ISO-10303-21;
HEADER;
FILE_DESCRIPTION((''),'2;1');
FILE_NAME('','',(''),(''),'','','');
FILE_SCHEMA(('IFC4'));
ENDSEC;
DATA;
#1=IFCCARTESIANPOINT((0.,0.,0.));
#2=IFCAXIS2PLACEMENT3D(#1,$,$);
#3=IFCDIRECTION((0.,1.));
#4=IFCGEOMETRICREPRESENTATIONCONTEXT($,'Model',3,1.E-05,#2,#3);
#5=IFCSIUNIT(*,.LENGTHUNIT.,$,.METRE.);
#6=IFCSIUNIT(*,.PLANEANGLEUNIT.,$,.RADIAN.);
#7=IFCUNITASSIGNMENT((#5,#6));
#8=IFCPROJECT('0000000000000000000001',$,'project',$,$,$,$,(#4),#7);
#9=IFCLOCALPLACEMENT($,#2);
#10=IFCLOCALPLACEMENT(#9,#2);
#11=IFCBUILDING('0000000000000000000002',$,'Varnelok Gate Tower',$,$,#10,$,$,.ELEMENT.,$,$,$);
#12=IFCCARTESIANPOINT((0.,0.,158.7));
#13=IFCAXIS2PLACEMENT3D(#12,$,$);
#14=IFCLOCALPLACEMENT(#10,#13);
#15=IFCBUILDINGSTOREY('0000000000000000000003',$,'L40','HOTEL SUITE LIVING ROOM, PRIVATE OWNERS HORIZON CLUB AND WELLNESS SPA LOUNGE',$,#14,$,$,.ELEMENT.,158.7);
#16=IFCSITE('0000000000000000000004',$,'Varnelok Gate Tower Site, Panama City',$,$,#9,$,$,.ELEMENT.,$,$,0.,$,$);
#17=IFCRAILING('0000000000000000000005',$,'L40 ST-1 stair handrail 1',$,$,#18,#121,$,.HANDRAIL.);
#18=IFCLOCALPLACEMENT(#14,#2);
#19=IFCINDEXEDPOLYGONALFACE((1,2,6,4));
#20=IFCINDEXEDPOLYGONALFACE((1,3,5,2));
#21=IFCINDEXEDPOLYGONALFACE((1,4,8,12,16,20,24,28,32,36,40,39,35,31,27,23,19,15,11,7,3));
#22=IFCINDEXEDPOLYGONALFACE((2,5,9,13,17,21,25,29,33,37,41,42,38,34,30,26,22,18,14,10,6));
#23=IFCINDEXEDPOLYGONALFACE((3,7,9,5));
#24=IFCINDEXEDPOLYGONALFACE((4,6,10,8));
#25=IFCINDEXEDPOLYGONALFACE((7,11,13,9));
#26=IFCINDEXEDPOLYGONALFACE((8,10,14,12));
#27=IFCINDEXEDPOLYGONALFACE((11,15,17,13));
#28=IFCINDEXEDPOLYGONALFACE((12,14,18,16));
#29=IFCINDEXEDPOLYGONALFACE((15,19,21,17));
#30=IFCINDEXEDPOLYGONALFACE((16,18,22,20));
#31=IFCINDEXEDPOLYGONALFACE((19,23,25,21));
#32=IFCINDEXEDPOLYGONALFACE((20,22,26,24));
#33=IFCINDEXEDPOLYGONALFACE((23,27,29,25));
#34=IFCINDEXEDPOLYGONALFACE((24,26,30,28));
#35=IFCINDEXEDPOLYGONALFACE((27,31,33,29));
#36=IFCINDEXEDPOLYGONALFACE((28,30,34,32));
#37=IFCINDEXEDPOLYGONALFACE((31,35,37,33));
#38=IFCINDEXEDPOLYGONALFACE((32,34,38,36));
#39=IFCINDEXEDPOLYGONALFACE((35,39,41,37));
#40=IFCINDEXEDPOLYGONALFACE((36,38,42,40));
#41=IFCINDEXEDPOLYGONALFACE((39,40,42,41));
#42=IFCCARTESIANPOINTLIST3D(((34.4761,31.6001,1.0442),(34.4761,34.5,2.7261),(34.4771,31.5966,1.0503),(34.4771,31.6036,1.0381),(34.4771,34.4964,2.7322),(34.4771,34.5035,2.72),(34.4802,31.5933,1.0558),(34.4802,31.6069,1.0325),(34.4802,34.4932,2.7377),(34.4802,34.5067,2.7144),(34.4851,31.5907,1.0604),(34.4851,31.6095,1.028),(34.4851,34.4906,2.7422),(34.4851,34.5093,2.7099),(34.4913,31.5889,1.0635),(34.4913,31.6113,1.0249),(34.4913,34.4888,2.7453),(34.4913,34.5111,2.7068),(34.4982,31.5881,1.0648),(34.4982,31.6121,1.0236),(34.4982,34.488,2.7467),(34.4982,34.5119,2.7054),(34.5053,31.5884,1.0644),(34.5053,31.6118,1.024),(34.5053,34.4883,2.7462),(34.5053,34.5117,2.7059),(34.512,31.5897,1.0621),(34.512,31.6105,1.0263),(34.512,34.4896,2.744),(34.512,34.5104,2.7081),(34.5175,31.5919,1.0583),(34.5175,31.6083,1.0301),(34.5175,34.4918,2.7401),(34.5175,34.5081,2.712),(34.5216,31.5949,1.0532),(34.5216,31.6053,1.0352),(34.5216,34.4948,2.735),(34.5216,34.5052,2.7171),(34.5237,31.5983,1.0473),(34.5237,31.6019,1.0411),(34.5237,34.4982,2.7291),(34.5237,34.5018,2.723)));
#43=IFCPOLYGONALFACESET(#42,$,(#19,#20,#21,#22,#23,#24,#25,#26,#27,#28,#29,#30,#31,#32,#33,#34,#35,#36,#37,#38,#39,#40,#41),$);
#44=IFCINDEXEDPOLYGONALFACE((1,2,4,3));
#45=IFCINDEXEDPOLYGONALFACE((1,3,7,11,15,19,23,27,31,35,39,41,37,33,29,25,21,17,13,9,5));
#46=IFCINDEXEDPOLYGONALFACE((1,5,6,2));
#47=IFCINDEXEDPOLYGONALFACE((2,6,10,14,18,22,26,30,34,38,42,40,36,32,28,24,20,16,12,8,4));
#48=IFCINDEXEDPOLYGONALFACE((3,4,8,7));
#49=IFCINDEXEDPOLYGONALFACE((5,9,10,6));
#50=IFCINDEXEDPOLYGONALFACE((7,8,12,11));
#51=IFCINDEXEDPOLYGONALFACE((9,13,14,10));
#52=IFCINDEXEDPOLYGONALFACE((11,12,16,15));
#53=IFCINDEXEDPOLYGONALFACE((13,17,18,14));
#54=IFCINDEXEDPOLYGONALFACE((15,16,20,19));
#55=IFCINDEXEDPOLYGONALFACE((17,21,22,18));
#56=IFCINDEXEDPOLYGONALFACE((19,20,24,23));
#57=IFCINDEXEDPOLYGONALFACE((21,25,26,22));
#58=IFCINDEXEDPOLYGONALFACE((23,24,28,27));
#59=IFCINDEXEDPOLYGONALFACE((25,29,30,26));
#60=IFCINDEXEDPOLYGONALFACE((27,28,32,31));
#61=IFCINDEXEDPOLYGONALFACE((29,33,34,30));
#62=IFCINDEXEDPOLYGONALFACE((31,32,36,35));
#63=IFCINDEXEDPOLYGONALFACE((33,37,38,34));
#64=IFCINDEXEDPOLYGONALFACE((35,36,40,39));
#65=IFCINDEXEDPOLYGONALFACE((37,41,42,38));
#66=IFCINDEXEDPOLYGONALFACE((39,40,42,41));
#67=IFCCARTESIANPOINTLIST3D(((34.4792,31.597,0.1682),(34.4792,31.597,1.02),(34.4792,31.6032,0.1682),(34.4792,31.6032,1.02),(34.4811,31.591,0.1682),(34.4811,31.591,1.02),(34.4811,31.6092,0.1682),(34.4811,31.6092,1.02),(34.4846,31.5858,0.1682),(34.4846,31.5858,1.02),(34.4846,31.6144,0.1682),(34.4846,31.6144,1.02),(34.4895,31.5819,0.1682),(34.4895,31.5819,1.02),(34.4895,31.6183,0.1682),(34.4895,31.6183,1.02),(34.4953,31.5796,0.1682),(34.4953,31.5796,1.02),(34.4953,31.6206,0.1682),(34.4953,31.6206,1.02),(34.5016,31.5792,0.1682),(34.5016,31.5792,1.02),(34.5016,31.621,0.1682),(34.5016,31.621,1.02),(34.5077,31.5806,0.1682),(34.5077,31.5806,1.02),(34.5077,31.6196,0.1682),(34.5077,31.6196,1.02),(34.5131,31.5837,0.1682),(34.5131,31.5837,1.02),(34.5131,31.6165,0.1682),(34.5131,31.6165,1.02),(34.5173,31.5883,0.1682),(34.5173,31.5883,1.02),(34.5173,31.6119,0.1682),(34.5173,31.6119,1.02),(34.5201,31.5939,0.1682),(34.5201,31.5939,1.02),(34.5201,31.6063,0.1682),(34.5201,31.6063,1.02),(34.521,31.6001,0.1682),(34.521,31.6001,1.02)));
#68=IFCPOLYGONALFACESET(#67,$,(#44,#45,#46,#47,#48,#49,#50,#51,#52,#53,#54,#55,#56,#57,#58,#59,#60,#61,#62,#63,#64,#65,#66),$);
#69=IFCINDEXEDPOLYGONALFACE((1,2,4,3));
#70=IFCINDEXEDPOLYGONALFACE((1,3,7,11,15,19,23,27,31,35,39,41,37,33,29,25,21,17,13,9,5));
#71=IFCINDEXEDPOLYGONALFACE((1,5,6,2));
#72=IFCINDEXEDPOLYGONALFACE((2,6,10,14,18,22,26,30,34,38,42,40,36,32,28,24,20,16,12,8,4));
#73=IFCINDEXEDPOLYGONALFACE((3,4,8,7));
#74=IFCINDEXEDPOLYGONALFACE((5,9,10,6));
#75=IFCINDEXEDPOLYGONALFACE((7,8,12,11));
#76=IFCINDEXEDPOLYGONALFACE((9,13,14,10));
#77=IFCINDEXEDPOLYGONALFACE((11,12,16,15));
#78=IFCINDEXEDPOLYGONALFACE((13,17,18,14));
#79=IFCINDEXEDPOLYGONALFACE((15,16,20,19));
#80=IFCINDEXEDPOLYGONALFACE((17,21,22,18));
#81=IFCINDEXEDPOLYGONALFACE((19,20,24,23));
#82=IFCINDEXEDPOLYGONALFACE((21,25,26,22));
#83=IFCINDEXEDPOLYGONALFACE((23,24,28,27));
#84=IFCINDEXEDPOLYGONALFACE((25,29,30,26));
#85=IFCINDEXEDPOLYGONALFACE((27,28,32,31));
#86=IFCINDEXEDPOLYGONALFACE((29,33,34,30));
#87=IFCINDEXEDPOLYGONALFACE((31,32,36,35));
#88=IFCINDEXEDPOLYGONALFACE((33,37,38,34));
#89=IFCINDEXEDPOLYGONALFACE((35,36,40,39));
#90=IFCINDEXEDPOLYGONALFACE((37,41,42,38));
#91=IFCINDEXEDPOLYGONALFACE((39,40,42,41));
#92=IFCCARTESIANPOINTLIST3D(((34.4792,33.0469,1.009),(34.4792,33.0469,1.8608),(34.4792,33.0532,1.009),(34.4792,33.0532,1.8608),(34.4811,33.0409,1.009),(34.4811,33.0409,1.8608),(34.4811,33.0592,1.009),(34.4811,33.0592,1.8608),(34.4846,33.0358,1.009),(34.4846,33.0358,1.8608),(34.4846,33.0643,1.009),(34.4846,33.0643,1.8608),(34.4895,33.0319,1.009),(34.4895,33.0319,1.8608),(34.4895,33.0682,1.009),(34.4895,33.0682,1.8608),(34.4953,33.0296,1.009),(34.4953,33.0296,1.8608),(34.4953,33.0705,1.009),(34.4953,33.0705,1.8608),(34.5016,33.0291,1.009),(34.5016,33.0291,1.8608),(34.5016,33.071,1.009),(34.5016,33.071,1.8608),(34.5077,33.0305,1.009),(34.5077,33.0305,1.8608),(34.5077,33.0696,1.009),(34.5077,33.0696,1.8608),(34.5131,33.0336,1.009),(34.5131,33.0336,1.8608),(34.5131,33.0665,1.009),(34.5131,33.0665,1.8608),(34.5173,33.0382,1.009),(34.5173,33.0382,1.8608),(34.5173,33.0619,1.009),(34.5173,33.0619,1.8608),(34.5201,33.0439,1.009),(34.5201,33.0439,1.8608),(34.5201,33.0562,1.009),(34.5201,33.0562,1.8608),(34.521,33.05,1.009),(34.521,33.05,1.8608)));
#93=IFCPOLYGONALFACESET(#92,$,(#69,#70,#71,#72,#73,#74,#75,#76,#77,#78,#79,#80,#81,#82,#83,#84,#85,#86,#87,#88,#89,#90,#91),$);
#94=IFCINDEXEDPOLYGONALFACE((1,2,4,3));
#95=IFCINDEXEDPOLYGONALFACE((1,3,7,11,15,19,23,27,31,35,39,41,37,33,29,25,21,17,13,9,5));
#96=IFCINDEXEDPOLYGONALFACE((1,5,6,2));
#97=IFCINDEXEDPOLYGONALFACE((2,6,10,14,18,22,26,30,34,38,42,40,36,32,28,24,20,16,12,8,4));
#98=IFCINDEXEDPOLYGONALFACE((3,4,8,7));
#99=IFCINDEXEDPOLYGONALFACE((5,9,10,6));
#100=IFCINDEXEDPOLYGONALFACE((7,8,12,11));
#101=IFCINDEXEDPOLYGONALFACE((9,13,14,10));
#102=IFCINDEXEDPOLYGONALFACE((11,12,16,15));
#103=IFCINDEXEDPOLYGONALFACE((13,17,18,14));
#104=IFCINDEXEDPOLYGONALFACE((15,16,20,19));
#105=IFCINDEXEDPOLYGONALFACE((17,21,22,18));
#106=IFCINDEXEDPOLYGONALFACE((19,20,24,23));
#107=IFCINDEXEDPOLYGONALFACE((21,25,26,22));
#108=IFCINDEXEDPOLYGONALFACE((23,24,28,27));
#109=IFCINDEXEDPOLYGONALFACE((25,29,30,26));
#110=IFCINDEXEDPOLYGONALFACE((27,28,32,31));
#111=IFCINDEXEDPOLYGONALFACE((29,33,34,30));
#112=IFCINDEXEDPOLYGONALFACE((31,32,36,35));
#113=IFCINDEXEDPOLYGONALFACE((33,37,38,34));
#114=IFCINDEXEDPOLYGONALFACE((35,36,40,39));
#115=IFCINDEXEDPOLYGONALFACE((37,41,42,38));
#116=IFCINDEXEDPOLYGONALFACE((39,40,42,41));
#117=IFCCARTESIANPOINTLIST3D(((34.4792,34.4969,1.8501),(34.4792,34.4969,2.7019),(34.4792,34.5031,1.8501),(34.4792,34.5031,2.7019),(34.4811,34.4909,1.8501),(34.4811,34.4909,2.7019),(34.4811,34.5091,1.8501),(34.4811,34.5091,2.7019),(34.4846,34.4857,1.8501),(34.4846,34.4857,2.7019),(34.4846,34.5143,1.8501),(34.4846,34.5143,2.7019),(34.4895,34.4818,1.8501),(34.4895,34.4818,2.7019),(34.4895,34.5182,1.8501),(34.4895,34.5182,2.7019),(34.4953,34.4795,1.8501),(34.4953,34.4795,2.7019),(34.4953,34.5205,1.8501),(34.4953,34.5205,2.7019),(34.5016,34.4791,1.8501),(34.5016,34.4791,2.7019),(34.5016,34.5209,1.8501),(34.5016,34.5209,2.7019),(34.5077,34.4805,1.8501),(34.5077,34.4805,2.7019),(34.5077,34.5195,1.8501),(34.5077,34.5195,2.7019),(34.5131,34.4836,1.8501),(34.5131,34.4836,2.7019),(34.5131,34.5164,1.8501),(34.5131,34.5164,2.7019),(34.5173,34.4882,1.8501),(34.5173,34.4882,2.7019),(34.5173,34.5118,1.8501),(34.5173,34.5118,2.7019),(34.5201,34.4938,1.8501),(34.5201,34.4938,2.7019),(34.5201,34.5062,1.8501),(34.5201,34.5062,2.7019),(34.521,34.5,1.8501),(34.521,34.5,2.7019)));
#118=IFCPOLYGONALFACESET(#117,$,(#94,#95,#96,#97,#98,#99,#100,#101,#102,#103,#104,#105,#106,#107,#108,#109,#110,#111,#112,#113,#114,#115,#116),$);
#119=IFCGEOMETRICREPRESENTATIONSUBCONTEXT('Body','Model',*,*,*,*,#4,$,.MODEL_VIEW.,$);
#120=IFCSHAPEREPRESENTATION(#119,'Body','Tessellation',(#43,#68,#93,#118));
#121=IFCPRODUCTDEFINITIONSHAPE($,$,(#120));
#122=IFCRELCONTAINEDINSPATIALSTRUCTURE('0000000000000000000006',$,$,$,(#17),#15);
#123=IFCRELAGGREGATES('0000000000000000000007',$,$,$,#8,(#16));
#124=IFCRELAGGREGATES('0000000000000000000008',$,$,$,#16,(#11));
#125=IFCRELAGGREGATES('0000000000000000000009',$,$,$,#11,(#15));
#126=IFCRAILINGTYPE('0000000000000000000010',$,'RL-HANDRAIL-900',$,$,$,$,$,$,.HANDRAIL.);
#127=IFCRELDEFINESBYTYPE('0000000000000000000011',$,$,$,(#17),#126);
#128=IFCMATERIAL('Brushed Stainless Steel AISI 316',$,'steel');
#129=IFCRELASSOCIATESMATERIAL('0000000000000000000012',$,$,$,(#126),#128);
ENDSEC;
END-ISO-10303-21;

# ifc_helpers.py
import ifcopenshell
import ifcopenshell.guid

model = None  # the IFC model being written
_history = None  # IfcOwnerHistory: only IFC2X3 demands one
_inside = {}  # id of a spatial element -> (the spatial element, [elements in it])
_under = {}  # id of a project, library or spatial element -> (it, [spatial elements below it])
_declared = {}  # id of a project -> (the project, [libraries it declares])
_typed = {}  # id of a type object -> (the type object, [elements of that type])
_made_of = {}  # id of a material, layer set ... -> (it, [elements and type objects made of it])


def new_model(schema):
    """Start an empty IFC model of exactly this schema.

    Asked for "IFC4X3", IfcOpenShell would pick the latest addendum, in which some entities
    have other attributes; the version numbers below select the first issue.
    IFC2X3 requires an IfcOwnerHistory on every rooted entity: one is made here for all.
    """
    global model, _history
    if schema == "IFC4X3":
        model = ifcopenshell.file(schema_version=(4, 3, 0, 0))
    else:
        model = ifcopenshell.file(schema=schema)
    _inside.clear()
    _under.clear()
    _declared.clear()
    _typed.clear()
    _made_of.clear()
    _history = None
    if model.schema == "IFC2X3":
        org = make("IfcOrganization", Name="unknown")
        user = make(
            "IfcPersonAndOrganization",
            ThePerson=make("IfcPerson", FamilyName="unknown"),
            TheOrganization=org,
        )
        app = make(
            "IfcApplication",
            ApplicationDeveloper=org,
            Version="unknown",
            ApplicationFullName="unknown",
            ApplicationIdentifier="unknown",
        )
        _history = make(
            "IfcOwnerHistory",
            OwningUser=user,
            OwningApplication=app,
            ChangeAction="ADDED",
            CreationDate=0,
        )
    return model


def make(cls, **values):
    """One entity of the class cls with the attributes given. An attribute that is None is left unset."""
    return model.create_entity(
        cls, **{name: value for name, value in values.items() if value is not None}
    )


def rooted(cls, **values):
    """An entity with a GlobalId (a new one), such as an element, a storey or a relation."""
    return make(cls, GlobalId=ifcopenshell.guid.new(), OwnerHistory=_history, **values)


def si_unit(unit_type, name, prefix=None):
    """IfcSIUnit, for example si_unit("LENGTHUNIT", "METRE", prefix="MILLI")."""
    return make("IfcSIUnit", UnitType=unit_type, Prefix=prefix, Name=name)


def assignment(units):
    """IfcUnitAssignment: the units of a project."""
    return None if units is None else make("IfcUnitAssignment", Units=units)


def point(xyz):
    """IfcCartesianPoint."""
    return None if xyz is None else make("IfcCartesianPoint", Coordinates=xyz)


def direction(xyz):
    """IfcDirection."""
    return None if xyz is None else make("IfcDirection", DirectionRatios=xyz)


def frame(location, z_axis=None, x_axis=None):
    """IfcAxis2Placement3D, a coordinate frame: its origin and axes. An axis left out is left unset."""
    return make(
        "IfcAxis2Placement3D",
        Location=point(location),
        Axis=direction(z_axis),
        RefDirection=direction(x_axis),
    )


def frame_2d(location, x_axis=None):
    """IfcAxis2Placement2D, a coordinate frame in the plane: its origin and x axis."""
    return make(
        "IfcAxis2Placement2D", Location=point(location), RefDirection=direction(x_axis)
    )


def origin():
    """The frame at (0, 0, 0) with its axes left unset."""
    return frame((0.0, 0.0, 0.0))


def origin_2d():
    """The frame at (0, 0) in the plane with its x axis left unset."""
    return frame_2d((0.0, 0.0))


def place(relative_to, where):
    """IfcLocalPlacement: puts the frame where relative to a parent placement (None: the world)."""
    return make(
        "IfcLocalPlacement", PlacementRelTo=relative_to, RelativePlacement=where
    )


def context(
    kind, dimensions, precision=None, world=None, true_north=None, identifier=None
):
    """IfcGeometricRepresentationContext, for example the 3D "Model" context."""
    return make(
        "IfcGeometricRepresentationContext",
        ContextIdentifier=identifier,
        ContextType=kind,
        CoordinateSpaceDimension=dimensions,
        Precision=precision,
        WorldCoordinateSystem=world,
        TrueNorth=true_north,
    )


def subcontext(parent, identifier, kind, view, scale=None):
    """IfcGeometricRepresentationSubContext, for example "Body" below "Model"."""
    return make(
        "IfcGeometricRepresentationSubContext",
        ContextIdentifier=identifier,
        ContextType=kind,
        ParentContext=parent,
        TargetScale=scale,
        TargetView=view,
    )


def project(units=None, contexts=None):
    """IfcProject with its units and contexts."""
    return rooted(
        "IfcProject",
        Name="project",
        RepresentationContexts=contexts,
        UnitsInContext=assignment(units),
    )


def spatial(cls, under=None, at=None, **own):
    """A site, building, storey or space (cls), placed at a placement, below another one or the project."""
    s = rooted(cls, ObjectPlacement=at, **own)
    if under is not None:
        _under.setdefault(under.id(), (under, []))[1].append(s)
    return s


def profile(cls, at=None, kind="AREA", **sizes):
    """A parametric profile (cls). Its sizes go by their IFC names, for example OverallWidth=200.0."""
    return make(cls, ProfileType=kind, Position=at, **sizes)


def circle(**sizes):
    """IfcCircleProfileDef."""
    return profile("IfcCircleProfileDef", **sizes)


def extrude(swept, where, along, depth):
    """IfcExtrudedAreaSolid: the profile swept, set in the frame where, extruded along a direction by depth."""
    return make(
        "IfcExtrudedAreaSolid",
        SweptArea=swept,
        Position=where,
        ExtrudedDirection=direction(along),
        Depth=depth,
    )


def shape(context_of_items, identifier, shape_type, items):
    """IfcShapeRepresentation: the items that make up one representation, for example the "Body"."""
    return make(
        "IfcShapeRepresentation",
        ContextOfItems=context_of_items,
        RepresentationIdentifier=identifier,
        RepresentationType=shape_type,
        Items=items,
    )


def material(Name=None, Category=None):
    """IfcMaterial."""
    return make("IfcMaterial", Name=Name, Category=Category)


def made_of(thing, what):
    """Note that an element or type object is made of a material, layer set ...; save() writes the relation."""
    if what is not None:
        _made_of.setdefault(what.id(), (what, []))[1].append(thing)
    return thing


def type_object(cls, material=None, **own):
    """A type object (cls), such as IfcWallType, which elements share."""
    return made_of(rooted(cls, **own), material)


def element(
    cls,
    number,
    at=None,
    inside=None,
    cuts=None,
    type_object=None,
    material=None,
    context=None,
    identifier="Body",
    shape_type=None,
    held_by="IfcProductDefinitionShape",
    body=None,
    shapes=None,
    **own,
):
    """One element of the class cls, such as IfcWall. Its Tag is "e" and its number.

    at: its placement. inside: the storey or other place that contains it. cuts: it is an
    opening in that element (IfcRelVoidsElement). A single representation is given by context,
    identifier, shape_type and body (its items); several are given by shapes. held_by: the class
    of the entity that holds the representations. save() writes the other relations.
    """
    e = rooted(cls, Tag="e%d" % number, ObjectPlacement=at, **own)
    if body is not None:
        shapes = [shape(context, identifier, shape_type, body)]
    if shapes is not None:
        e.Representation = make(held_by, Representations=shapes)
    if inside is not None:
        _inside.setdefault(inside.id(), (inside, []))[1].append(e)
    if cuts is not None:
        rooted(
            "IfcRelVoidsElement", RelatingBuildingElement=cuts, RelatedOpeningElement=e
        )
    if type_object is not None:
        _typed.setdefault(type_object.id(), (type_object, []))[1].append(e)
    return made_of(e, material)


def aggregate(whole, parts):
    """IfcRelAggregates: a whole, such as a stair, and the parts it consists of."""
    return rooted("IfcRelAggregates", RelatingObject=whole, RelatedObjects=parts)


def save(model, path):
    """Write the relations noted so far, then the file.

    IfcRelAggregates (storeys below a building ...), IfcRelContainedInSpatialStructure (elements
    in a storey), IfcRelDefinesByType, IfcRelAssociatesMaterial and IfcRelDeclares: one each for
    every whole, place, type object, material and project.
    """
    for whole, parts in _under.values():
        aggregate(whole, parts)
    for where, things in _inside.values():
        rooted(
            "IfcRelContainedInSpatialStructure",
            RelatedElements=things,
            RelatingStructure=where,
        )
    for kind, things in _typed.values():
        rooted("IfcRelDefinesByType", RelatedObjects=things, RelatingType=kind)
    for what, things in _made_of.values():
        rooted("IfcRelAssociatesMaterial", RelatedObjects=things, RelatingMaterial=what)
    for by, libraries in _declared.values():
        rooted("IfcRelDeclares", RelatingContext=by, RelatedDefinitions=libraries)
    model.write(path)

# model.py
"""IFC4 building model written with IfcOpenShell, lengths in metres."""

from ifc_helpers import new_model, si_unit, direction, frame, origin, origin_2d, place, context, subcontext, project, spatial, circle, extrude, material, type_object, element, save


model = new_model("IFC4")

# Units and contexts
model_context = context("Model", 3, precision=1e-05, world=origin(), true_north=direction((0.0, 1.0)))
body_context = subcontext(model_context, "Body", "Model", "MODEL_VIEW")
ifc_project = project(units=[si_unit("LENGTHUNIT", "METRE"), si_unit("PLANEANGLEUNIT", "RADIAN")], contexts=[model_context])

# Site, building, storey
site_placement = place(None, origin())
site = spatial("IfcSite", under=ifc_project, at=site_placement, Name="Varnelok Gate Tower Site, Panama City", CompositionType="ELEMENT", RefElevation=0.0)
building_placement = place(site_placement, origin())
building = spatial("IfcBuilding", under=site, at=building_placement, Name="Varnelok Gate Tower", CompositionType="ELEMENT")
storey_placement = place(building_placement, frame((0.0, 0.0, 158.7)))
storey = spatial("IfcBuildingStorey", under=building, at=storey_placement, Name="L40", Description="HOTEL SUITE LIVING ROOM, PRIVATE OWNERS HORIZON CLUB AND WELLNESS SPA LOUNGE", CompositionType="ELEMENT", Elevation=158.7)

# Railing
ifc_material_1 = material(Name="Brushed Stainless Steel AISI 316", Category="steel")
railing_type_1 = type_object("IfcRailingType", Name="RL-HANDRAIL-900", PredefinedType="HANDRAIL", material=ifc_material_1)
railing_1_placement = place(storey_placement, frame((34.5, 31.6001, 0.1682)))
element("IfcRailing", 1, at=railing_1_placement, inside=storey, type_object=railing_type_1, Name="L40 ST-1 stair handrail 1", PredefinedType="HANDRAIL", context=body_context, shape_type="SweptSolid", body=[
    extrude(circle(Radius=0.0239, at=origin_2d()), frame((0.0, 0.0, 0.876), z_axis=(0.0, 0.865039, 0.501705), x_axis=(-1.0, 0.0, 0.0)), (0.0, 0.0, 1.0), 3.3523),
    extrude(circle(Radius=0.021, at=origin_2d()), origin(), (0.0, 0.0, 1.0), 0.8518),
    extrude(circle(Radius=0.021, at=origin_2d()), frame((0.0, 1.45, 0.8408)), (0.0, 0.0, 1.0), 0.8518),
    extrude(circle(Radius=0.021, at=origin_2d()), frame((0.0, 2.8999, 1.6819)), (0.0, 0.0, 1.0), 0.8518),
])

save(model, "model.ifc")
